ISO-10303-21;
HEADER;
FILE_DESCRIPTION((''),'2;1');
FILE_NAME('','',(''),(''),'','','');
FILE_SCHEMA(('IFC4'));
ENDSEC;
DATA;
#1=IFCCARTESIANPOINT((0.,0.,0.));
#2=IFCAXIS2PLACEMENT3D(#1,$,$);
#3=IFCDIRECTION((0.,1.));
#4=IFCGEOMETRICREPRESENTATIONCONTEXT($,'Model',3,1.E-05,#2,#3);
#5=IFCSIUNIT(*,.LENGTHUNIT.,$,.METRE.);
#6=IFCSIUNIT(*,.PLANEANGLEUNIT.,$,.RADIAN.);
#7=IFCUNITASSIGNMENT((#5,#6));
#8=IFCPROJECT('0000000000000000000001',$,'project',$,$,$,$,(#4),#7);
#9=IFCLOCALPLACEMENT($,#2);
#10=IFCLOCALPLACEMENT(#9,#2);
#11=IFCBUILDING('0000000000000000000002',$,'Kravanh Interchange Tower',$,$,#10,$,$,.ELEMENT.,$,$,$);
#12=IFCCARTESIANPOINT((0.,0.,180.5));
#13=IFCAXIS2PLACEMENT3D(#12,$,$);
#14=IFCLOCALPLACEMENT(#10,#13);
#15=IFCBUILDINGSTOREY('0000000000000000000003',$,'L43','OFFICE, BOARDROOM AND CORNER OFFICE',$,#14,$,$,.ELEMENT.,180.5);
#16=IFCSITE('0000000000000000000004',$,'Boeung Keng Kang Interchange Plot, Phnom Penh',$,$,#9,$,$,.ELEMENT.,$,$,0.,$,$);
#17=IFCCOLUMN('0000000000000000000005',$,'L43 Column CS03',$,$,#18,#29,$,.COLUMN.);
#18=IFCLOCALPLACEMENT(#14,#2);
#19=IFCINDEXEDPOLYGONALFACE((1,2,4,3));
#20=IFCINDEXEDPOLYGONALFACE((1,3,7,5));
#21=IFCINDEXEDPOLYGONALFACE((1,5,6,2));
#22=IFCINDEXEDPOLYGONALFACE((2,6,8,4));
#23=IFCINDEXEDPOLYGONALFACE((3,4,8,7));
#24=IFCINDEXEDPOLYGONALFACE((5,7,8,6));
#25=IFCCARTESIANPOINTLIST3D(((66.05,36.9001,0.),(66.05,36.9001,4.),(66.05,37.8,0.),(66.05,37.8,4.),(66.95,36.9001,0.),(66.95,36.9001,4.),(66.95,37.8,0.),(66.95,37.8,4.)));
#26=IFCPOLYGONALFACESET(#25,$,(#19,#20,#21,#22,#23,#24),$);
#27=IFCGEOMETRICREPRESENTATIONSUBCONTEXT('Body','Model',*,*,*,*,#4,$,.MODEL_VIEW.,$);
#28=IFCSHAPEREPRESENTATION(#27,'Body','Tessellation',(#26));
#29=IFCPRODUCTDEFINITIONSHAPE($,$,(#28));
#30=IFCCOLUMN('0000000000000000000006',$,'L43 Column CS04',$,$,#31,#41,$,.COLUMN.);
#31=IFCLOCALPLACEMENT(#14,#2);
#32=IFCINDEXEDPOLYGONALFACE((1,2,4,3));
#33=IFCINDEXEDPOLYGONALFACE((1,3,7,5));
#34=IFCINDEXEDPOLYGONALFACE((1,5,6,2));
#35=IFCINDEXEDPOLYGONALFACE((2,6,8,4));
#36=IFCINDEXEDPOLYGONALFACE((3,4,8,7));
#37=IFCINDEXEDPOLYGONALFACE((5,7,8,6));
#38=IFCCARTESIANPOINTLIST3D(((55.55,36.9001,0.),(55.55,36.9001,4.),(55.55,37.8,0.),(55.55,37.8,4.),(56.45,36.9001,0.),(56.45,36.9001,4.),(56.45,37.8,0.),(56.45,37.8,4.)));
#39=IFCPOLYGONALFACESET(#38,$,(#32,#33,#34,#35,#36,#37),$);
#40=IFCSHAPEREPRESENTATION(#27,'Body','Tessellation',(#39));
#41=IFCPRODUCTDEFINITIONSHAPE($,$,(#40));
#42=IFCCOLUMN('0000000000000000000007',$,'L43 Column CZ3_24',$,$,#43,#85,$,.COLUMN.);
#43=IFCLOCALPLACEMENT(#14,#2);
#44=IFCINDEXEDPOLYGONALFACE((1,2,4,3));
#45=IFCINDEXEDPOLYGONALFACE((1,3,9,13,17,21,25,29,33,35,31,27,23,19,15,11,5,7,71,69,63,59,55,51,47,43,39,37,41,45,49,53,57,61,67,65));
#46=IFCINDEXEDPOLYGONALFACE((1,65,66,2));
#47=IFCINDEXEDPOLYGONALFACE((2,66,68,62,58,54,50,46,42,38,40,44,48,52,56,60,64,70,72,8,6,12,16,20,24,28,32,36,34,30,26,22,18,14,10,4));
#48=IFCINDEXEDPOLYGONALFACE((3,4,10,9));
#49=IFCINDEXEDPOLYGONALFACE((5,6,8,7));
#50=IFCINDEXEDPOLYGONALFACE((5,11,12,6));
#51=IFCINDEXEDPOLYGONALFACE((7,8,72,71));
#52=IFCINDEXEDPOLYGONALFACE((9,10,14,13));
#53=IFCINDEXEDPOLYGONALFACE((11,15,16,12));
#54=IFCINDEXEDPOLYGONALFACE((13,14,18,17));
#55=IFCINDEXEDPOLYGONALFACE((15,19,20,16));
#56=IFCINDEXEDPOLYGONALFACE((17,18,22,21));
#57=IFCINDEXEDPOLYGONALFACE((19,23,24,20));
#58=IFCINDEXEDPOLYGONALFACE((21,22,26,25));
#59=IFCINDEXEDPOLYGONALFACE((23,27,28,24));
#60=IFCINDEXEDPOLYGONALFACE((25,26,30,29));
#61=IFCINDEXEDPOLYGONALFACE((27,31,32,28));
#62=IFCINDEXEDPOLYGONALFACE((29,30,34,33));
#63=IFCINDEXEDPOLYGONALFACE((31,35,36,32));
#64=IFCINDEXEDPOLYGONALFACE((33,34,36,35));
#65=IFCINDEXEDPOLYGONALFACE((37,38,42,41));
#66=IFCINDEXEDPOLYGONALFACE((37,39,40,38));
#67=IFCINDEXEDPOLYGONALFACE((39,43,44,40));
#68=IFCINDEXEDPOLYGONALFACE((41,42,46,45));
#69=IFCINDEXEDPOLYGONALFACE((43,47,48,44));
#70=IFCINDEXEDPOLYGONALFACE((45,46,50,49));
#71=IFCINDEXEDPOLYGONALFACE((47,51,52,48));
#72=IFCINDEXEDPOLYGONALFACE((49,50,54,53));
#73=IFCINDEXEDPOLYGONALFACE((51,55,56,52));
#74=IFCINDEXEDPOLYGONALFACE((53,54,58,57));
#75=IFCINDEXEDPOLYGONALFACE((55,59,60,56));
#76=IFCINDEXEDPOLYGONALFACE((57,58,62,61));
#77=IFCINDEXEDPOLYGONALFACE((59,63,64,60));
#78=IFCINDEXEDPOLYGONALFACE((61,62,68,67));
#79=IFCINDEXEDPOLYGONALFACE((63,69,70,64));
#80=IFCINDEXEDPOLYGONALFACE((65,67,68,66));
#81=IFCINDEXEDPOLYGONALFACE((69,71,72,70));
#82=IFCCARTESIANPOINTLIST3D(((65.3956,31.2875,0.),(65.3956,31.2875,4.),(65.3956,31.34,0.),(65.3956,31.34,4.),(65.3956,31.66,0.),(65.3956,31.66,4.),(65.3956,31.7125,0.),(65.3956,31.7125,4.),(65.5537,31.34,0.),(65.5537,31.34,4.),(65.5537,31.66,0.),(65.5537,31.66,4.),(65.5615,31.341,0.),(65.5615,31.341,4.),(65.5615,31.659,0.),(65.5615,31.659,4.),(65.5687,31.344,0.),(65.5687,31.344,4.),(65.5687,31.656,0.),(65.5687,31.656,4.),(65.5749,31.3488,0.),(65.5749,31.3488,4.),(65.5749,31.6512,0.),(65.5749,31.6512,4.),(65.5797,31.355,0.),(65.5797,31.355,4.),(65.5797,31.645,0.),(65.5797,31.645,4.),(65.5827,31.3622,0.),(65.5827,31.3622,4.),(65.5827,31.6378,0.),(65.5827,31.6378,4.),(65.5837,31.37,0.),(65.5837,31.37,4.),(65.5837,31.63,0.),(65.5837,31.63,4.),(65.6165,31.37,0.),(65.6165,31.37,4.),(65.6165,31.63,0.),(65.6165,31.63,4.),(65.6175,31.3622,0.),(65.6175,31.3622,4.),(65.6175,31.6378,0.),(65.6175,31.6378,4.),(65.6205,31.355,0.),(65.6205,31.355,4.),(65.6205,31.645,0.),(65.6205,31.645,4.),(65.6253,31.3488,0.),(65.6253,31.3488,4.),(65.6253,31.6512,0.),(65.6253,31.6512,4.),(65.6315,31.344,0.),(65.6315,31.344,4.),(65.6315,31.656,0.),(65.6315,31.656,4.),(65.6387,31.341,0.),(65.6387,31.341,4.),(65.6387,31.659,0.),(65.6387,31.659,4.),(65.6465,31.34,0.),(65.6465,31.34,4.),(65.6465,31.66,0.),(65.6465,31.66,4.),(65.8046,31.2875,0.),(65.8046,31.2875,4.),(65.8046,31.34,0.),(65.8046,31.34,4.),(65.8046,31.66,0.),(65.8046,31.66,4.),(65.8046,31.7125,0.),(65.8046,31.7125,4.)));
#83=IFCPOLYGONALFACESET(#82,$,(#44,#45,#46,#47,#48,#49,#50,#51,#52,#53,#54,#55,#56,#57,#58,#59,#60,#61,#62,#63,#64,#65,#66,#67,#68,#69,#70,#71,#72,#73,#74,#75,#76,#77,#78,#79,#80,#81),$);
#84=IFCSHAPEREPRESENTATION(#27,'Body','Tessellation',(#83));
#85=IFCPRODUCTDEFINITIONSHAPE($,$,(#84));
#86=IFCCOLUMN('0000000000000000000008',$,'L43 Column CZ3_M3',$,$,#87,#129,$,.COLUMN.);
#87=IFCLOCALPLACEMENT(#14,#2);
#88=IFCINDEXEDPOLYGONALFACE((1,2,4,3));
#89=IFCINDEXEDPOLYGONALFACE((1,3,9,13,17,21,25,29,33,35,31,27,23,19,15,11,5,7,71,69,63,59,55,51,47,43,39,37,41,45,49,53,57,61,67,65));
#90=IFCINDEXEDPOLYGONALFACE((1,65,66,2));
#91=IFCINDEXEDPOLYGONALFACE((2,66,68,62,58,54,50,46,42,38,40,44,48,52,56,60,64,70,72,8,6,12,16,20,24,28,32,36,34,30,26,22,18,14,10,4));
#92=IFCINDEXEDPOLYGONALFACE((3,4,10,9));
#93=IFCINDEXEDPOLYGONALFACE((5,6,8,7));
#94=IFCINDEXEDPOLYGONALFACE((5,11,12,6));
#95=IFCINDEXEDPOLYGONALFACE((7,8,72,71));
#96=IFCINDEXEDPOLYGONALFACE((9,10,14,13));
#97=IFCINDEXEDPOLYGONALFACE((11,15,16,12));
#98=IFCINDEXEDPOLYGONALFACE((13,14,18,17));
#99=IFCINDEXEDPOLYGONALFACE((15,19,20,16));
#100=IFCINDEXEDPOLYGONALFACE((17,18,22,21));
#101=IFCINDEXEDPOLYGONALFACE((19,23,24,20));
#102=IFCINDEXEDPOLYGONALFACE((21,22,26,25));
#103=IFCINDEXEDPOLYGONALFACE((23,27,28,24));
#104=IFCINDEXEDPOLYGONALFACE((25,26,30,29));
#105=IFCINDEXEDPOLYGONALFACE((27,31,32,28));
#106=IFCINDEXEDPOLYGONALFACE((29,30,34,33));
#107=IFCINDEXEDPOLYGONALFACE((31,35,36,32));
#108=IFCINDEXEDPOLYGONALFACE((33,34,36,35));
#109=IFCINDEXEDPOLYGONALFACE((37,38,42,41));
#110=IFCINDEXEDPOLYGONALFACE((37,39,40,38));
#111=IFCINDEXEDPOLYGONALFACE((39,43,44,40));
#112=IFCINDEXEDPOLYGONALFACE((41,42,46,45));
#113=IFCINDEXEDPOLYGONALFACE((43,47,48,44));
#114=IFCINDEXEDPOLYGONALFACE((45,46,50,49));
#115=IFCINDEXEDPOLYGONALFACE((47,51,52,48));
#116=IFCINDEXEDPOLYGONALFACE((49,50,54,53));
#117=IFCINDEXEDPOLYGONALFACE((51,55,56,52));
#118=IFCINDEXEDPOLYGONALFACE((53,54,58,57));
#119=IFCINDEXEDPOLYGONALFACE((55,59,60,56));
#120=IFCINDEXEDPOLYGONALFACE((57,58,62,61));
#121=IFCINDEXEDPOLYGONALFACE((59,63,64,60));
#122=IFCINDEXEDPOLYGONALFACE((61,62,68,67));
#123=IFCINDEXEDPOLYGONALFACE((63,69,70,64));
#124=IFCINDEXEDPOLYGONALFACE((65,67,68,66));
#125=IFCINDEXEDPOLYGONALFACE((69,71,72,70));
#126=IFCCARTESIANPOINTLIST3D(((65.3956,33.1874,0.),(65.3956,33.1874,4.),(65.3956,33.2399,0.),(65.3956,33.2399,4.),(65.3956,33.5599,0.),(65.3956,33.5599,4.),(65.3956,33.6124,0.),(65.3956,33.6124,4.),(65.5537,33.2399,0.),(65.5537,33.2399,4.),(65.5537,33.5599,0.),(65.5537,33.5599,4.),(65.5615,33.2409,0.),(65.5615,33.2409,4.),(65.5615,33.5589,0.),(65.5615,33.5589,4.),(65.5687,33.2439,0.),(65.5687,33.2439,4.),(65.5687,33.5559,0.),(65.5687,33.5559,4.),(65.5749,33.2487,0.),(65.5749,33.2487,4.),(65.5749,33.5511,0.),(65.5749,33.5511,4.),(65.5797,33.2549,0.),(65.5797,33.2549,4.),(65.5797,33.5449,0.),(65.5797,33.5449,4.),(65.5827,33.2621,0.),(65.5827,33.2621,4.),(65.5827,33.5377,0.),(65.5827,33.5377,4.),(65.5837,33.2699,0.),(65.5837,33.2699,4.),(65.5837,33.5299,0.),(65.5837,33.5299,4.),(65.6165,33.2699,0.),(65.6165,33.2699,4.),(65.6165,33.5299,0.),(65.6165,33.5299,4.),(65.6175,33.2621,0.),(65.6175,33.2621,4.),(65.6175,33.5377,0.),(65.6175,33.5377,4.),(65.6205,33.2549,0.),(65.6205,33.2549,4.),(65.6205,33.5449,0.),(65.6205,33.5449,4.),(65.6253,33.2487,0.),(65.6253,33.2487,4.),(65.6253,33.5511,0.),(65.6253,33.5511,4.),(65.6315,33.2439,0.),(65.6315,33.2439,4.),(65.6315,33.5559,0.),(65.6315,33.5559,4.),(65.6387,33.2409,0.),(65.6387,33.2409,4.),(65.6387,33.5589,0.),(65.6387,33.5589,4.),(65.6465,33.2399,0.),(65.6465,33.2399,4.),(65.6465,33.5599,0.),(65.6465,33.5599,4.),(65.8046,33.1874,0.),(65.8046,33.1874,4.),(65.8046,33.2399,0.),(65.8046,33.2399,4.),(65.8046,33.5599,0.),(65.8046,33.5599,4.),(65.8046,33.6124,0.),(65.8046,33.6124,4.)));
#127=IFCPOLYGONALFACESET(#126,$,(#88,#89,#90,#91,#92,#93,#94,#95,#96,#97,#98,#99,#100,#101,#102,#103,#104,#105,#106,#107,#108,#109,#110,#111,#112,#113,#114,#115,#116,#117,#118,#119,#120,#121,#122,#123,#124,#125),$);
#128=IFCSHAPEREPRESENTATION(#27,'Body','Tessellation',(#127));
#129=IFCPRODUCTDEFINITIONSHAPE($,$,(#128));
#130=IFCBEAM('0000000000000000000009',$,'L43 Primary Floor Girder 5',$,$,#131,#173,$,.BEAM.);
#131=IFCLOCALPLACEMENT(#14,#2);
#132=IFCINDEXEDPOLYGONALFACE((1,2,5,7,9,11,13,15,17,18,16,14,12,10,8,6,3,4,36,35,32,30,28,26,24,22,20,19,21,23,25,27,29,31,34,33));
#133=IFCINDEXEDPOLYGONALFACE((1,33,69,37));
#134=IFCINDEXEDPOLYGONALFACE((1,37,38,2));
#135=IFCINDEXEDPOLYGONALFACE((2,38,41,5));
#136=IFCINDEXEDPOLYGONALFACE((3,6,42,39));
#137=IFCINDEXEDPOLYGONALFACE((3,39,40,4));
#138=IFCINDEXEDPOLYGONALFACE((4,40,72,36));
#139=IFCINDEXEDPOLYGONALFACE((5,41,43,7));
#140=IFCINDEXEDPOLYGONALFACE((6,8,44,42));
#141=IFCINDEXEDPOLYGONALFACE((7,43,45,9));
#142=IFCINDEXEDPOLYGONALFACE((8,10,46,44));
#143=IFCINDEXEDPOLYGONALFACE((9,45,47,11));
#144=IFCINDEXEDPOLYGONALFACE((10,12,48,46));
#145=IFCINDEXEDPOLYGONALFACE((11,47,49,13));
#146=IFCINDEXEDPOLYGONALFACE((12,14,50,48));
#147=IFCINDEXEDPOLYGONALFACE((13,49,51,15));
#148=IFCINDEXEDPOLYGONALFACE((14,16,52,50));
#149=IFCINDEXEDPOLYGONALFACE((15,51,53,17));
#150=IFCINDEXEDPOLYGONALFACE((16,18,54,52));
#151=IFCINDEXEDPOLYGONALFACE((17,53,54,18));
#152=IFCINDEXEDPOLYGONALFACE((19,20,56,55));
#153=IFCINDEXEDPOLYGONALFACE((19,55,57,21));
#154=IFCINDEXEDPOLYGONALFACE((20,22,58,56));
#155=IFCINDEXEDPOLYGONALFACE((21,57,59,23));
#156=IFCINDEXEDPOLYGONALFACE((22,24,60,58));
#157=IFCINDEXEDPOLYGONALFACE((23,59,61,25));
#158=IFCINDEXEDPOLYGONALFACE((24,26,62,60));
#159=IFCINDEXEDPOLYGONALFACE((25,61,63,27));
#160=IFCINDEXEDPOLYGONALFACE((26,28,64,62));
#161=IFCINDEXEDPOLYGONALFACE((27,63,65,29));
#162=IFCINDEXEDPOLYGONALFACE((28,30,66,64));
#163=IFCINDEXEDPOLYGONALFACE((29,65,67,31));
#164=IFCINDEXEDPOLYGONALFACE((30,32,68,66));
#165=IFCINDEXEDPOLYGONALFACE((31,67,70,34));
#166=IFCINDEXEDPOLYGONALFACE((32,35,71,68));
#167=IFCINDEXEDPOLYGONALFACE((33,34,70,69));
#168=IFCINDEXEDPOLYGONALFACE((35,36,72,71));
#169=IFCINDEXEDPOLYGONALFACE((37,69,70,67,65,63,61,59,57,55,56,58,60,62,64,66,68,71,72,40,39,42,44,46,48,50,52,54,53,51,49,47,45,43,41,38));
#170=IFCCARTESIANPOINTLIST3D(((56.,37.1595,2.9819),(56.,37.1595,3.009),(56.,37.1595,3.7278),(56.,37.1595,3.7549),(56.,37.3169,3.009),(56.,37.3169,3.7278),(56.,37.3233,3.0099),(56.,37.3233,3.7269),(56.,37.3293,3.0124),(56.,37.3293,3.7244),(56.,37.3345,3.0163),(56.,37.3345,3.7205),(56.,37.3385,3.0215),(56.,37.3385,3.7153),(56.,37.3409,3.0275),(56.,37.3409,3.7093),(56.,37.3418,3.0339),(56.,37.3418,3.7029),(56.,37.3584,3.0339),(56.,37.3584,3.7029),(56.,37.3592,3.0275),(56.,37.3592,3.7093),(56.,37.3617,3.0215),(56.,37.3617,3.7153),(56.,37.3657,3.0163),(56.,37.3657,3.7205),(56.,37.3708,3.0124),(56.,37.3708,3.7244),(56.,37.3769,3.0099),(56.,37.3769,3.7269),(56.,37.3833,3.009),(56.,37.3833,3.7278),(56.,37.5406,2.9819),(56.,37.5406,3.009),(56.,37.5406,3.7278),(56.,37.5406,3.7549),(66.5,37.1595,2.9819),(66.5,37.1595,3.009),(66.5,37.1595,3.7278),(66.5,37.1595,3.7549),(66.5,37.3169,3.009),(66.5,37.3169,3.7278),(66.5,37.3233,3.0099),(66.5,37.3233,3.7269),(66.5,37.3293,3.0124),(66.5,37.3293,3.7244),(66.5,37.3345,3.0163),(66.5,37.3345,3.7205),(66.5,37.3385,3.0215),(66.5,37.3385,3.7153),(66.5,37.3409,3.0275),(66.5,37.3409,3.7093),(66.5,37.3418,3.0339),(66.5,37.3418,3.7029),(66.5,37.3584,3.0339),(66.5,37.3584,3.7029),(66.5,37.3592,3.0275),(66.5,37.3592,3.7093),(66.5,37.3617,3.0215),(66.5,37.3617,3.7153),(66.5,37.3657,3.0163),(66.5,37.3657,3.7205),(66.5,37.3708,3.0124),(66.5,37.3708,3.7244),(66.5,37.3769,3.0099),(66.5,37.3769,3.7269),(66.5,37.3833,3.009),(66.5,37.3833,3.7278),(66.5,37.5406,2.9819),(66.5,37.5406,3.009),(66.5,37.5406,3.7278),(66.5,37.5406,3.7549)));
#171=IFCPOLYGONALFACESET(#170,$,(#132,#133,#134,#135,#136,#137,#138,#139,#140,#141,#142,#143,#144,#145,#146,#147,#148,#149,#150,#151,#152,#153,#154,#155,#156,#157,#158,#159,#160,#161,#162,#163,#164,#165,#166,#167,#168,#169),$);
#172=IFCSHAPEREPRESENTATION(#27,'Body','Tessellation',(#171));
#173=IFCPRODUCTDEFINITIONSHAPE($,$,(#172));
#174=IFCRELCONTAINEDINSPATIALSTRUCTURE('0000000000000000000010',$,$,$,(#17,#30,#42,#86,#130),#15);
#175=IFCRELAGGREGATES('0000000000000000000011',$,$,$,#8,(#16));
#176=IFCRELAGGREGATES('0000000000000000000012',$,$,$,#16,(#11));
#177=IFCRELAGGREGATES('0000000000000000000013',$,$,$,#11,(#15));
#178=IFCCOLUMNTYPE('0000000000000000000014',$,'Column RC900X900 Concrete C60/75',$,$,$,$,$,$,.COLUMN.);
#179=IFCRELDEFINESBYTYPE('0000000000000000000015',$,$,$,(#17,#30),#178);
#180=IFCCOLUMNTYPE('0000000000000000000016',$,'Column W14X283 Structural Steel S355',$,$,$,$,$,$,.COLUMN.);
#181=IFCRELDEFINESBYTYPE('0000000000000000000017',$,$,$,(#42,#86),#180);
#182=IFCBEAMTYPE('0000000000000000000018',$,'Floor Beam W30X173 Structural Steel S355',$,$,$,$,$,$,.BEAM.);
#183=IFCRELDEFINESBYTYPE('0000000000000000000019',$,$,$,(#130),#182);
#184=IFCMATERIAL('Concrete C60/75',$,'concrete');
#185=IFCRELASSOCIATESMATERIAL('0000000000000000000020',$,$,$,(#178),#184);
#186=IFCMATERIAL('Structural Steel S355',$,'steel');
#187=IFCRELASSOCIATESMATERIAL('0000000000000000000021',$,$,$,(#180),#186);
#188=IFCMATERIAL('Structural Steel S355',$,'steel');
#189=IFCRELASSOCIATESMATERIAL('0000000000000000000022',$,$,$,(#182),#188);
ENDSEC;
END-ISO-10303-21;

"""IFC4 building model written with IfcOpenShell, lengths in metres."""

from ifc_helpers import new_model, si_unit, direction, frame, origin, origin_2d, place, context, subcontext, project, spatial, rectangle, i_section, extrude, material, material_profile, profile_set, type_object, element, save


model = new_model("IFC4")

# Units and contexts
model_context = context("Model", 3, precision=1e-05, world=origin(), true_north=direction((0.0, 1.0)))
body_context = subcontext(model_context, "Body", "Model", "MODEL_VIEW")
ifc_project = project(units=[si_unit("LENGTHUNIT", "METRE"), si_unit("PLANEANGLEUNIT", "RADIAN")], contexts=[model_context])

# Site, building, storey
site_placement = place(None, origin())
site = spatial("IfcSite", under=ifc_project, at=site_placement, Name="Boeung Keng Kang Interchange Plot, Phnom Penh", CompositionType="ELEMENT", RefElevation=0.0)
building_placement = place(site_placement, origin())
building = spatial("IfcBuilding", under=site, at=building_placement, Name="Kravanh Interchange Tower", CompositionType="ELEMENT")
storey_placement = place(building_placement, frame((0.0, 0.0, 180.5)))
storey = spatial("IfcBuildingStorey", under=building, at=storey_placement, Name="L43", Description="OFFICE, BOARDROOM AND CORNER OFFICE", CompositionType="ELEMENT", Elevation=180.5)

# Columns
ifc_material_1 = material(Name="Concrete C60/75", Category="concrete")
ifc_material_profile_1 = material_profile(ifc_material_1, rectangle(XDim=0.8999, YDim=0.8999, at=origin_2d()), Name="RC900X900")
ifc_profile_set_1 = profile_set([ifc_material_profile_1], Name="Concrete C60/75")
column_type_1 = type_object("IfcColumnType", Name="Column RC900X900 Concrete C60/75", PredefinedType="COLUMN", material=ifc_profile_set_1)
for number, where, z_axis, x_axis, name in (
    (1, (66.5, 37.3501, 0.0), (0.0, 0.0, 1.0), (1.0, 0.0, 0.0), "L43 Column CS03"),
    (2, (56.0, 37.3501, 0.0), (0.0, 0.0, 1.0), (1.0, 0.0, 0.0), "L43 Column CS04"),
):
    element("IfcColumn", number, at=place(storey_placement, frame(where, z_axis=z_axis, x_axis=x_axis)), inside=storey, type_object=column_type_1, Name=name, PredefinedType="COLUMN", context=body_context, shape_type="SweptSolid", body=[
        extrude(rectangle(XDim=0.8999, YDim=0.8999, at=origin_2d()), origin(), (0.0, 0.0, 1.0), 4.0),
    ])
ifc_material_2 = material(Name="Structural Steel S355", Category="steel")
ifc_material_profile_2 = material_profile(ifc_material_2, i_section(OverallWidth=0.4089, OverallDepth=0.425, WebThickness=0.0327, FlangeThickness=0.0525, FilletRadius=0.03, at=origin_2d()), Name="W14X283")
ifc_profile_set_2 = profile_set([ifc_material_profile_2], Name="Structural Steel S355")
column_type_2 = type_object("IfcColumnType", Name="Column W14X283 Structural Steel S355", PredefinedType="COLUMN", material=ifc_profile_set_2)
for number, where, z_axis, x_axis, name in (
    (3, (65.6001, 31.5, 0.0), (0.0, 0.0, 1.0), (1.0, 0.0, 0.0), "L43 Column CZ3_24"),
    (4, (65.6001, 33.3999, 0.0), (0.0, 0.0, 1.0), (1.0, 0.0, 0.0), "L43 Column CZ3_M3"),
):
    element("IfcColumn", number, at=place(storey_placement, frame(where, z_axis=z_axis, x_axis=x_axis)), inside=storey, type_object=column_type_2, Name=name, PredefinedType="COLUMN", context=body_context, shape_type="SweptSolid", body=[
        extrude(i_section(OverallWidth=0.4089, OverallDepth=0.425, WebThickness=0.0327, FlangeThickness=0.0525, FilletRadius=0.03, at=origin_2d()), origin(), (0.0, 0.0, 1.0), 4.0),
    ])

# Beam
ifc_material_3 = material(Name="Structural Steel S355", Category="steel")
ifc_material_profile_3 = material_profile(ifc_material_3, i_section(OverallWidth=0.3811, OverallDepth=0.7729, WebThickness=0.0166, FlangeThickness=0.0271, FilletRadius=0.0249, at=origin_2d()), Name="W30X173")
ifc_profile_set_3 = profile_set([ifc_material_profile_3], Name="Structural Steel S355")
beam_type_1 = type_object("IfcBeamType", Name="Floor Beam W30X173 Structural Steel S355", PredefinedType="BEAM", material=ifc_profile_set_3)
beam_1_placement = place(storey_placement, frame((66.5, 37.3501, 3.3684), z_axis=(-1.0, 0.0, 0.0), x_axis=(0.0, -1.0, 0.0)))
element("IfcBeam", 5, at=beam_1_placement, inside=storey, type_object=beam_type_1, Name="L43 Primary Floor Girder 5", PredefinedType="BEAM", context=body_context, shape_type="SweptSolid", body=[
    extrude(i_section(OverallWidth=0.3811, OverallDepth=0.7729, WebThickness=0.0166, FlangeThickness=0.0271, FilletRadius=0.0249, at=origin_2d()), origin(), (0.0, 0.0, 1.0), 10.5),
])

save(model, "model.ifc")
